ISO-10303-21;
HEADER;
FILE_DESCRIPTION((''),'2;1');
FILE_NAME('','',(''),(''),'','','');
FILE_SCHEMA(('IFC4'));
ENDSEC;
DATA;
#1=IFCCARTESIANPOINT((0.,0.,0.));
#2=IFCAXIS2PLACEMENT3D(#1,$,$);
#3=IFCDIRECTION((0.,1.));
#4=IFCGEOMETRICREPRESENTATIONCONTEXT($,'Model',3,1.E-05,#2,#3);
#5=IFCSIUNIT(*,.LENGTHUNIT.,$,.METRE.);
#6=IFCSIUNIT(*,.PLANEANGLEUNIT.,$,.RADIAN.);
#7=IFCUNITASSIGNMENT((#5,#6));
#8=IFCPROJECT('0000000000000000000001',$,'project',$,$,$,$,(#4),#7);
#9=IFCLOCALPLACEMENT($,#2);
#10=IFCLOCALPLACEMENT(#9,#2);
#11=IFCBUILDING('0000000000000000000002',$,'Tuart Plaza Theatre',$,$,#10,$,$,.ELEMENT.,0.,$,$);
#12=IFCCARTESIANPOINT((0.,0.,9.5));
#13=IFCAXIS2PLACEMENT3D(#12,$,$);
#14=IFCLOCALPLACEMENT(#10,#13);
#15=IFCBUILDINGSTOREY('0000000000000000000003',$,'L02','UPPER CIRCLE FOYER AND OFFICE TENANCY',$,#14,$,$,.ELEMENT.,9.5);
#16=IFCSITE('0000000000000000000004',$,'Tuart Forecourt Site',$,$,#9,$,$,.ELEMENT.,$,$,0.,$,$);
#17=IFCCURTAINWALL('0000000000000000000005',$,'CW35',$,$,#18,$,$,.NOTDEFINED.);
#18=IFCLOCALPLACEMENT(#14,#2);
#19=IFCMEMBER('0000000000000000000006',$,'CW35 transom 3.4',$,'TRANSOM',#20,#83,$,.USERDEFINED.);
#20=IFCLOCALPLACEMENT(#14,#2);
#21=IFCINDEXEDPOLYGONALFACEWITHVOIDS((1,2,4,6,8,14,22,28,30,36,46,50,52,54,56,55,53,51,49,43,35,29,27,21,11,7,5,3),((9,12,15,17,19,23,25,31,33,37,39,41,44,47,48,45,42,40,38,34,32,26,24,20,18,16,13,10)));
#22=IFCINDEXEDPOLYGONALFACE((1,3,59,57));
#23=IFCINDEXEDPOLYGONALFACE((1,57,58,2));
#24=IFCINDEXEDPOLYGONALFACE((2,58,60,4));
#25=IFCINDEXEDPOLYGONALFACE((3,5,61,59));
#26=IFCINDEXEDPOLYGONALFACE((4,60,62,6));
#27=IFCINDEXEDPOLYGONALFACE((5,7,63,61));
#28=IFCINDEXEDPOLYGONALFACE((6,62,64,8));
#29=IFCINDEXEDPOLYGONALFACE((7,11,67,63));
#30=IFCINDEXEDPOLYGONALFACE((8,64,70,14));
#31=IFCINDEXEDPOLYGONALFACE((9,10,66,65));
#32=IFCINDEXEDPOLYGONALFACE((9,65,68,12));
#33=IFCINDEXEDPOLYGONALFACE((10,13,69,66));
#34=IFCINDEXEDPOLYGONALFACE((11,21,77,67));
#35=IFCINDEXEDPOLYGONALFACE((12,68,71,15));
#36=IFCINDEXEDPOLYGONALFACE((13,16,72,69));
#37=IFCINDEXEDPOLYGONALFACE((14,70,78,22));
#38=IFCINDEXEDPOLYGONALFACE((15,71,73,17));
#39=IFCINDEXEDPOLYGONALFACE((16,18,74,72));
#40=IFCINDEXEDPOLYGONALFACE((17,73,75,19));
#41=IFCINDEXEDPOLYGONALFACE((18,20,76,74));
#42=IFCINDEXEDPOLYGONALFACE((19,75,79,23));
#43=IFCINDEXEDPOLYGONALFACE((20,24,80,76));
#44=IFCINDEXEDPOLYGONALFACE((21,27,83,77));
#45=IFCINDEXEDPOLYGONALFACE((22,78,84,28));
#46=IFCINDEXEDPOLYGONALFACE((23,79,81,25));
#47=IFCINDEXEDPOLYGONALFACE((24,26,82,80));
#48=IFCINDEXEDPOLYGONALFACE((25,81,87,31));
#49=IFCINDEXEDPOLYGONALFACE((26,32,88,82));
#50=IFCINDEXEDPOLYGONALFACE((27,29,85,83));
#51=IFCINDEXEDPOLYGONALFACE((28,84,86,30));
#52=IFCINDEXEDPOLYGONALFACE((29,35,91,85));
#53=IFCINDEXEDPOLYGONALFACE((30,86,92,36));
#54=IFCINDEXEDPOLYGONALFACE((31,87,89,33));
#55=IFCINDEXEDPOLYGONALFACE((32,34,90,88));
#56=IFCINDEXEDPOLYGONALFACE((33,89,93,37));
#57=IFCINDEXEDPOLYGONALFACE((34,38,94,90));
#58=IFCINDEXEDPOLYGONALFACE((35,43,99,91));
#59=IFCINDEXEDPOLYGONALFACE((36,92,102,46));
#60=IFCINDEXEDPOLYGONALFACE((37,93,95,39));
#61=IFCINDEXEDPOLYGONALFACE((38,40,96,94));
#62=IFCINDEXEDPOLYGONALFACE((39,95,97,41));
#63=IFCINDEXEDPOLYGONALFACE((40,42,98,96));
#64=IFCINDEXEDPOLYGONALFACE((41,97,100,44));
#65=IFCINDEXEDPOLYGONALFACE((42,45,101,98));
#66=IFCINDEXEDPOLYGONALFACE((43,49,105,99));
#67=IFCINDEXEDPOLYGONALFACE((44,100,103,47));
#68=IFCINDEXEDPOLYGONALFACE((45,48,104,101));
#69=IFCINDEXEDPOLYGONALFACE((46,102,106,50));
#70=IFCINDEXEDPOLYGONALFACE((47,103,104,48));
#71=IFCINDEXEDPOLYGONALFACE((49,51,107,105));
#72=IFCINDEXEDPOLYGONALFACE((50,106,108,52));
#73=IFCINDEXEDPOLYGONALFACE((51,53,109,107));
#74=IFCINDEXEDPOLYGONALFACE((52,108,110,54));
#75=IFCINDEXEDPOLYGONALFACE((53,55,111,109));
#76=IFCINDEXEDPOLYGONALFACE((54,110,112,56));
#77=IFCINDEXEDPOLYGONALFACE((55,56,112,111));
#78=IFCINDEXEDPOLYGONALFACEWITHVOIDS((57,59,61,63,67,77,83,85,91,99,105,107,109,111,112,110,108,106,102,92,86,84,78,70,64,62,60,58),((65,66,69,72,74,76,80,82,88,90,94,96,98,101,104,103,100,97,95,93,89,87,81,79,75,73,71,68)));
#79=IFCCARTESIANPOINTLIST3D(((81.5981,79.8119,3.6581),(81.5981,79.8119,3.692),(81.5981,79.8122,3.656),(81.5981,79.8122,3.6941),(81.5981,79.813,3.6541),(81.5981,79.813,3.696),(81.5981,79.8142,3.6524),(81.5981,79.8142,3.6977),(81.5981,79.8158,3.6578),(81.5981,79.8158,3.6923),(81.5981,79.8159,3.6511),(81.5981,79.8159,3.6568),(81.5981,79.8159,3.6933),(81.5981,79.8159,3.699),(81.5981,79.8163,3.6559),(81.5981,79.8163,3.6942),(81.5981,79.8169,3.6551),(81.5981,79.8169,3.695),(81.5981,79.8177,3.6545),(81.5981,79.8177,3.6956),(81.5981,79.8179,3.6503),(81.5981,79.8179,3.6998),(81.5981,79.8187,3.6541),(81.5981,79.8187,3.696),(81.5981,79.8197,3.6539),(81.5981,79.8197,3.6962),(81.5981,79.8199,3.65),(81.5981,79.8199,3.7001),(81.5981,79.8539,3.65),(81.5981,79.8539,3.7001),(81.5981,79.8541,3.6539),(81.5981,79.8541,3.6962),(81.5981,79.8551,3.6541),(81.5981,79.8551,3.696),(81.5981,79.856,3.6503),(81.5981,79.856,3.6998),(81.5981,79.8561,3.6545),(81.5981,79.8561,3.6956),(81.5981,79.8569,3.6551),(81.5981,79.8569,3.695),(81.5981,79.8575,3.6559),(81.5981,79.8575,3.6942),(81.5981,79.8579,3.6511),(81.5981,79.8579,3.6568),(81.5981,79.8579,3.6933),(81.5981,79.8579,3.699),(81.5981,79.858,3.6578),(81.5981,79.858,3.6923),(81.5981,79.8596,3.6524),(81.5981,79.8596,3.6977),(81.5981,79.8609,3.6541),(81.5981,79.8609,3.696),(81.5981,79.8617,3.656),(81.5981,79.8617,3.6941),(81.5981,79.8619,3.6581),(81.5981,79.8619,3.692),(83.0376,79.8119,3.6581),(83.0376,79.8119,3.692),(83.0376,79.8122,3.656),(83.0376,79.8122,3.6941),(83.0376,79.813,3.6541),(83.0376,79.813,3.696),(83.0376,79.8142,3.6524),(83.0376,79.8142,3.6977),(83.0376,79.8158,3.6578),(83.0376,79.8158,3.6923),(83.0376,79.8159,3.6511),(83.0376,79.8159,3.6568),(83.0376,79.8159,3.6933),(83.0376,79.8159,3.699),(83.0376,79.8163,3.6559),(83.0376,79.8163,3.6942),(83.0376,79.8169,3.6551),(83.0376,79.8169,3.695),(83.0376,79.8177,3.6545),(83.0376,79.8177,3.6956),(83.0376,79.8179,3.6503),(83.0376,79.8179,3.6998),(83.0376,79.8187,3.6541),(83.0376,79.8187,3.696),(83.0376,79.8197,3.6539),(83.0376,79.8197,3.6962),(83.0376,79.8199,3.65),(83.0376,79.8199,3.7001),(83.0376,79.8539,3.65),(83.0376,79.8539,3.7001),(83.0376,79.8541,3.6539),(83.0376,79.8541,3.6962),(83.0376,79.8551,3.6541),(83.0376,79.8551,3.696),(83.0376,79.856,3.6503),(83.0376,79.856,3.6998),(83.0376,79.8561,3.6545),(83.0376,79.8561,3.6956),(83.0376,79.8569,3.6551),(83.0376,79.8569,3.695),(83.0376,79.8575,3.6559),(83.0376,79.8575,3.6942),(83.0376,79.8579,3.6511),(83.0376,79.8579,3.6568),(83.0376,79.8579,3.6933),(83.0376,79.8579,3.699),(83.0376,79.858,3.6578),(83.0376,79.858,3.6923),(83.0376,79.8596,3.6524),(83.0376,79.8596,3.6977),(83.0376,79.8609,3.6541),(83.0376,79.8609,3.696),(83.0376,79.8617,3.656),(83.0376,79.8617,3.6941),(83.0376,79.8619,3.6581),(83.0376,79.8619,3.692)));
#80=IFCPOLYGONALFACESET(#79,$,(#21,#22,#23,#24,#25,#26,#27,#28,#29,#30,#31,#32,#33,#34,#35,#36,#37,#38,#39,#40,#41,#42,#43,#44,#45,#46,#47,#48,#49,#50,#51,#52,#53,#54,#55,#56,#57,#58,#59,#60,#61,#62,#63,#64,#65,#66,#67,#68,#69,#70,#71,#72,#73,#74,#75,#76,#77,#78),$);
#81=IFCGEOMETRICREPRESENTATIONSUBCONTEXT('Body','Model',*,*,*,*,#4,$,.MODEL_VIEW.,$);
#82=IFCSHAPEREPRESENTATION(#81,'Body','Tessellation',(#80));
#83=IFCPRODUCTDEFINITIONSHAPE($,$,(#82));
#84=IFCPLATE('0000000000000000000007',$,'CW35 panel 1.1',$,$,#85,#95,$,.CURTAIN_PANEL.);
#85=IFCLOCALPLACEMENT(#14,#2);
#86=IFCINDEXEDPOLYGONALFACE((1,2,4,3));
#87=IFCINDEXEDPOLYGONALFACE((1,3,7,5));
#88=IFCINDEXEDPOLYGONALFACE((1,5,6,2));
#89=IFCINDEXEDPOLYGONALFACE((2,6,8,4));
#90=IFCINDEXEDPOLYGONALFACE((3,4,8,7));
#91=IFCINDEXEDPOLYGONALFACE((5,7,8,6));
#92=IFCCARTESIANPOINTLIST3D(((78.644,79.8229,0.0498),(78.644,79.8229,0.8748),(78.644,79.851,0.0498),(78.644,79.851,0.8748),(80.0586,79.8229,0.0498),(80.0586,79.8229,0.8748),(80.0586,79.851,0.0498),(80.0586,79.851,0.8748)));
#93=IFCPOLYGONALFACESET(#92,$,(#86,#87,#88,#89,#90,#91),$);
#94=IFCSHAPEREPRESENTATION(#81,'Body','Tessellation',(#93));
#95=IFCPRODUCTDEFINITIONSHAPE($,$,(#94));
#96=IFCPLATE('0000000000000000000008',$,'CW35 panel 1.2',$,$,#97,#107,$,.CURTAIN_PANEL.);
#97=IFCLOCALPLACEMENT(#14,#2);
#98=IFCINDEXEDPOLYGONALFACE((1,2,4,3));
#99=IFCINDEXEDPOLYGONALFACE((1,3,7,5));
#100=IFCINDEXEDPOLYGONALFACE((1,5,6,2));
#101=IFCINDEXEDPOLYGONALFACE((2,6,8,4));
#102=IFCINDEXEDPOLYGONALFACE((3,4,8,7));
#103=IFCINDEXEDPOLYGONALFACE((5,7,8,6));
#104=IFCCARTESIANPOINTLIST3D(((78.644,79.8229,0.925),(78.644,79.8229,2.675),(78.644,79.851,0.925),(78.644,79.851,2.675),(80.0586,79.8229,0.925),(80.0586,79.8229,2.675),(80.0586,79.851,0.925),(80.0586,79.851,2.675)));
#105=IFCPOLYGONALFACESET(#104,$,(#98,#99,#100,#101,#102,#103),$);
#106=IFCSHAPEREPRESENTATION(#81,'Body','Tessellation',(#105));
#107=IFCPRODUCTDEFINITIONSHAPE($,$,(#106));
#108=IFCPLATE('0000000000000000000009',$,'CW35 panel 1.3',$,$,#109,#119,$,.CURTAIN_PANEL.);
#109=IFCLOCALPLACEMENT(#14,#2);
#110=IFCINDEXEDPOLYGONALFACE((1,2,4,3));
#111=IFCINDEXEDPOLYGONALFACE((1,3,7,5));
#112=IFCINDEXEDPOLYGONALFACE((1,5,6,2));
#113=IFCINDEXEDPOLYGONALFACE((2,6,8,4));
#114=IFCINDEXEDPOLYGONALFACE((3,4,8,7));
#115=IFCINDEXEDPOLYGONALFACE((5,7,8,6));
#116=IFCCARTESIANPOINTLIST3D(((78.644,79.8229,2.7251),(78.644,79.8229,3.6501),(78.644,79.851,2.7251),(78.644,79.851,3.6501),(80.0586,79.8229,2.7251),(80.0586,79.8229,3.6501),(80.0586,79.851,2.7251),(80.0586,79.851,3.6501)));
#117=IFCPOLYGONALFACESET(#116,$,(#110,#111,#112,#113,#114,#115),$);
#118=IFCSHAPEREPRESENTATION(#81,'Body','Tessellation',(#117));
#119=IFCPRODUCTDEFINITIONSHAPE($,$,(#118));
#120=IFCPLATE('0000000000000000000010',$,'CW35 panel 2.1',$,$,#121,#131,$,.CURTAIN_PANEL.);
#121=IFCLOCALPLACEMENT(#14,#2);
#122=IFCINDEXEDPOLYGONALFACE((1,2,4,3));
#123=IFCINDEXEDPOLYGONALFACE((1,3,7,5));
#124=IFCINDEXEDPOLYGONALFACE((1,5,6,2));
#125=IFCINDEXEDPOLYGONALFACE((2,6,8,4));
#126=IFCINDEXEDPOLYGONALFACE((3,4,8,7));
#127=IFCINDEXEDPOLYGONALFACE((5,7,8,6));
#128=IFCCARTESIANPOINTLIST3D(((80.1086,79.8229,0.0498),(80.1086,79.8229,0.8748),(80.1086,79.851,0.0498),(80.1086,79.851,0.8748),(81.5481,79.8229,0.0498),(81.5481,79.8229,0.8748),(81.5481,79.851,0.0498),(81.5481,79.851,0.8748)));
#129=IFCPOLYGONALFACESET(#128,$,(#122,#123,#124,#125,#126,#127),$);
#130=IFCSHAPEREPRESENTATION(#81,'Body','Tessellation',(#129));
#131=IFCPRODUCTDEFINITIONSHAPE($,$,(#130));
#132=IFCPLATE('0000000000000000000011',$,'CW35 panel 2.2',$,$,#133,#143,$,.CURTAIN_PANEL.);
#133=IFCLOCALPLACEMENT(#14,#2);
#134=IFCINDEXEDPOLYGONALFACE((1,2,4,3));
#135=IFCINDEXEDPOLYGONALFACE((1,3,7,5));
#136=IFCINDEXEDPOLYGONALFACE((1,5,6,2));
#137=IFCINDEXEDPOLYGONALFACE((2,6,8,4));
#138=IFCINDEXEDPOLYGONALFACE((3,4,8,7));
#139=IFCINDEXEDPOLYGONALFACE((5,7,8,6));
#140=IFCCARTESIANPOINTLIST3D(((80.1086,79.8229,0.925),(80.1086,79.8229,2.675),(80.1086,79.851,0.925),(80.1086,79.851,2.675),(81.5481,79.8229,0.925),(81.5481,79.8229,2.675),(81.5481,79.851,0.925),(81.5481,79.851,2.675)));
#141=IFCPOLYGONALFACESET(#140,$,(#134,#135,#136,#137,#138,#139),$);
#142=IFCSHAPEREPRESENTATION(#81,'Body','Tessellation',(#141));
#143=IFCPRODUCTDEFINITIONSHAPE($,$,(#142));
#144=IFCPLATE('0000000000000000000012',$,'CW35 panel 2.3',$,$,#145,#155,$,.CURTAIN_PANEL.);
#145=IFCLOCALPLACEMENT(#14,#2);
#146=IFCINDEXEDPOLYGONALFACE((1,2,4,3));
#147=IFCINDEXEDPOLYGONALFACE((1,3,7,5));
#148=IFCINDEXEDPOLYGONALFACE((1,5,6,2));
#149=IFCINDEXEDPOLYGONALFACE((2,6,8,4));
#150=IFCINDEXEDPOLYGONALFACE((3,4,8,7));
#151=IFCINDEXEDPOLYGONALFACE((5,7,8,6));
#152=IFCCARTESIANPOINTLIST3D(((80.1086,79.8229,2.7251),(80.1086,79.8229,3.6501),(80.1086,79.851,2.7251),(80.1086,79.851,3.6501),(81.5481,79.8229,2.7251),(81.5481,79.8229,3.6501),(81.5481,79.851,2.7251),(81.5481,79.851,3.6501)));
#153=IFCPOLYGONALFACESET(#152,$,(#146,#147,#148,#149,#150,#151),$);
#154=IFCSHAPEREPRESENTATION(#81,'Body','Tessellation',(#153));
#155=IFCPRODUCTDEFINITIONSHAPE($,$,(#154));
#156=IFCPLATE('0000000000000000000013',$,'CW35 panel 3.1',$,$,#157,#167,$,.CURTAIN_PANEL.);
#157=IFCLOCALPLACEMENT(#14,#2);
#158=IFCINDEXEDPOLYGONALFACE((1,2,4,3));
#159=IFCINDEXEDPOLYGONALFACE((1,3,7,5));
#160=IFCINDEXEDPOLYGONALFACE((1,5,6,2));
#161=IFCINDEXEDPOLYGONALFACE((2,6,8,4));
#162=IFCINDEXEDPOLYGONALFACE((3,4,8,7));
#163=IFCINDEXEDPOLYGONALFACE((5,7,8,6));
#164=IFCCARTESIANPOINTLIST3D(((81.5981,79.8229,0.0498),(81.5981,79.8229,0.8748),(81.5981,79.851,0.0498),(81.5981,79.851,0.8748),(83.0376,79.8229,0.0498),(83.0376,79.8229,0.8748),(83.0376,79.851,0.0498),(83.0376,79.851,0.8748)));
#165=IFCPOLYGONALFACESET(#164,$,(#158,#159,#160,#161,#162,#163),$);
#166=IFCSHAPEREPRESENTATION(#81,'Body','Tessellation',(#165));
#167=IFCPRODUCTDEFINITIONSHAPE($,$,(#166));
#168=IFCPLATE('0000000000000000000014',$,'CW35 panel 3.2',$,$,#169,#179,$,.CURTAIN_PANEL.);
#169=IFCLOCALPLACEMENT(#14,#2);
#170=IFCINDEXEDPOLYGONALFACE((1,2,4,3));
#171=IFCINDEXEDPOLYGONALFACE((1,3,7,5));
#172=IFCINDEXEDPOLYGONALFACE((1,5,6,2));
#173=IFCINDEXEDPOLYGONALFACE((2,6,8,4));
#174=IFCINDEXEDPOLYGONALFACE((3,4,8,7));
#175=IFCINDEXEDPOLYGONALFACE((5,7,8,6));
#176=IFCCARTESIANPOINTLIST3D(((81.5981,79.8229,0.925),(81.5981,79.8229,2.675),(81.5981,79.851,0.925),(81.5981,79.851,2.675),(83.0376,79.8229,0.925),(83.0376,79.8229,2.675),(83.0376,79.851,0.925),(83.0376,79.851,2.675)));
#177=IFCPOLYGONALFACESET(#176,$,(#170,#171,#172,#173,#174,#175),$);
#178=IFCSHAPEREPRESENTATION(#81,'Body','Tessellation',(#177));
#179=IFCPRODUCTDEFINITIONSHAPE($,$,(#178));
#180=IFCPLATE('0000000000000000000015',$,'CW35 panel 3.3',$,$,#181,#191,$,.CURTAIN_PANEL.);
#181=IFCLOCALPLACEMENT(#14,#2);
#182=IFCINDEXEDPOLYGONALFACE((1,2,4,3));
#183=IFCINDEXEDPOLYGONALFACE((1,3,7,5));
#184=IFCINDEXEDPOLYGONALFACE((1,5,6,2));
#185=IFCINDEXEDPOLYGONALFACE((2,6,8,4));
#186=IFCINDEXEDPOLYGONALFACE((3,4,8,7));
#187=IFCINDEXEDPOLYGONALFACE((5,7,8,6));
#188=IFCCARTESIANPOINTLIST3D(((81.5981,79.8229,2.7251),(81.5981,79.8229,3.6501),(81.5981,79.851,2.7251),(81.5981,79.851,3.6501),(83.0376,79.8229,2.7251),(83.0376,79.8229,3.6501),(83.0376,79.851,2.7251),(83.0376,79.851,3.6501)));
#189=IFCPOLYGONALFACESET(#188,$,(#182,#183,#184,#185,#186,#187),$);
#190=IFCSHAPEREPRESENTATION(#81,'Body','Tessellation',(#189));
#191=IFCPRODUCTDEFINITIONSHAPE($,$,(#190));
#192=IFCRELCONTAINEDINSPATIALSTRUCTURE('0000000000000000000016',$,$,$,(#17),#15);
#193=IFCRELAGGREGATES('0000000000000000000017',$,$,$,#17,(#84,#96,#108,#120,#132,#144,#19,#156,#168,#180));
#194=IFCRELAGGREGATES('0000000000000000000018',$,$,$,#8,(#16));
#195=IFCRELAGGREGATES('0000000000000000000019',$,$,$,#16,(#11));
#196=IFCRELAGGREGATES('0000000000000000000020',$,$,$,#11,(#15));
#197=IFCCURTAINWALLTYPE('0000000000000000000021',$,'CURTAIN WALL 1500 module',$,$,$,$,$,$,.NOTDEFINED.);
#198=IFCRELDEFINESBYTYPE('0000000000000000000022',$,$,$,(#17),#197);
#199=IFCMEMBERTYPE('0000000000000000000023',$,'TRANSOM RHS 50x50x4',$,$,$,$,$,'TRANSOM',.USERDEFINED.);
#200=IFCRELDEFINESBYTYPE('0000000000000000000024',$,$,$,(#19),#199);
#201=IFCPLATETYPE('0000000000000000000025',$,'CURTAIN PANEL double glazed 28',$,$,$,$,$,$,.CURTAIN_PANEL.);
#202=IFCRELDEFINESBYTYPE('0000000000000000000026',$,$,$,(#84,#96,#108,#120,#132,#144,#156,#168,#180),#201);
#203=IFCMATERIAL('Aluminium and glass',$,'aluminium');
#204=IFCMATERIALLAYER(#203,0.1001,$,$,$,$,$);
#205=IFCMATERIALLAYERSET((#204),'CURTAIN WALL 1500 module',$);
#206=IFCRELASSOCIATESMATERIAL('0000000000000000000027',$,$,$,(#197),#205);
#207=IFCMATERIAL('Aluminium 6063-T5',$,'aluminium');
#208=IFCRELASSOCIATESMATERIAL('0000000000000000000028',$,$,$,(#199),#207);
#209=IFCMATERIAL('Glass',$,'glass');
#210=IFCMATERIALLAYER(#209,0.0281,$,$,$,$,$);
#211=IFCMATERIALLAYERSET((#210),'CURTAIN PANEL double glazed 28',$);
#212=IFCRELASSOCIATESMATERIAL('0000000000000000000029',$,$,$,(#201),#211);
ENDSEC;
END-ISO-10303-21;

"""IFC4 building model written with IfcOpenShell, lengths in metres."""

from ifc_helpers import new_model, si_unit, direction, frame, origin, origin_2d, place, context, subcontext, project, spatial, rectangle, hollow_rectangle, extrude, material, layer, layer_set, material_profile, profile_set, type_object, element, aggregate, save


model = new_model("IFC4")

# Units and contexts
model_context = context("Model", 3, precision=1e-05, world=origin(), true_north=direction((0.0, 1.0)))
body_context = subcontext(model_context, "Body", "Model", "MODEL_VIEW")
ifc_project = project(units=[si_unit("LENGTHUNIT", "METRE"), si_unit("PLANEANGLEUNIT", "RADIAN")], contexts=[model_context])

# Site, building, storey
site_placement = place(None, origin())
site = spatial("IfcSite", under=ifc_project, at=site_placement, Name="Tuart Forecourt Site", CompositionType="ELEMENT", RefElevation=0.0)
building_placement = place(site_placement, origin())
building = spatial("IfcBuilding", under=site, at=building_placement, Name="Tuart Plaza Theatre", CompositionType="ELEMENT", ElevationOfRefHeight=0.0)
storey_placement = place(building_placement, frame((0.0, 0.0, 9.5)))
storey = spatial("IfcBuildingStorey", under=building, at=storey_placement, Name="L02", Description="UPPER CIRCLE FOYER AND OFFICE TENANCY", CompositionType="ELEMENT", Elevation=9.5)

# Curtain wall, member, plates
ifc_material_1 = material(Name="Aluminium and glass", Category="aluminium")
ifc_layer_1 = layer(ifc_material_1, 0.1001)
ifc_layer_set_1 = layer_set([ifc_layer_1], Name="CURTAIN WALL 1500 module")
curtain_wall_type = type_object("IfcCurtainWallType", Name="CURTAIN WALL 1500 module", PredefinedType="NOTDEFINED", material=ifc_layer_set_1)
curtain_wall_placement = place(storey_placement, origin())
curtain_wall = element("IfcCurtainWall", 1, at=curtain_wall_placement, inside=storey, type_object=curtain_wall_type, Name="CW35", PredefinedType="NOTDEFINED")
ifc_material_2 = material(Name="Aluminium 6063-T5", Category="aluminium")
ifc_material_profile_1 = material_profile(ifc_material_2, hollow_rectangle(XDim=0.05, YDim=0.05, WallThickness=0.0039, InnerFilletRadius=0.0039, OuterFilletRadius=0.0081, at=origin_2d()), Name="RHS 50x50x4")
ifc_profile_set_1 = profile_set([ifc_material_profile_1], Name="Aluminium 6063-T5")
member_type_1 = type_object("IfcMemberType", Name="TRANSOM RHS 50x50x4", ElementType="TRANSOM", PredefinedType="USERDEFINED", material=ifc_profile_set_1)
member_1_placement = place(storey_placement, frame((81.5981, 79.8369, 3.675), z_axis=(1.0, 0.0, 0.0), x_axis=(0.0, 1.0, 0.0)))
member_1 = element("IfcMember", 2, at=member_1_placement, type_object=member_type_1, Name="CW35 transom 3.4", ObjectType="TRANSOM", PredefinedType="USERDEFINED", context=body_context, shape_type="SweptSolid", body=[
    extrude(hollow_rectangle(XDim=0.05, YDim=0.05, WallThickness=0.0039, InnerFilletRadius=0.0039, OuterFilletRadius=0.0081, at=origin_2d()), origin(), (0.0, 0.0, 1.0), 1.4395),
])
ifc_material_3 = material(Name="Glass", Category="glass")
ifc_layer_2 = layer(ifc_material_3, 0.0281)
ifc_layer_set_2 = layer_set([ifc_layer_2], Name="CURTAIN PANEL double glazed 28")
plate_type = type_object("IfcPlateType", Name="CURTAIN PANEL double glazed 28", PredefinedType="CURTAIN_PANEL", material=ifc_layer_set_2)
plate_1_placement = place(storey_placement, frame((79.3513, 79.8369, 0.0498), z_axis=(0.0, 0.0, 1.0), x_axis=(1.0, 0.0, 0.0)))
plate_1 = element("IfcPlate", 3, at=plate_1_placement, type_object=plate_type, Name="CW35 panel 1.1", PredefinedType="CURTAIN_PANEL", context=body_context, shape_type="SweptSolid", body=[
    extrude(rectangle(XDim=1.4146, YDim=0.0281, at=origin_2d()), origin(), (0.0, 0.0, 1.0), 0.825),
])
plate_2_placement = place(storey_placement, frame((79.3513, 79.8369, 0.925), z_axis=(0.0, 0.0, 1.0), x_axis=(1.0, 0.0, 0.0)))
plate_2 = element("IfcPlate", 4, at=plate_2_placement, type_object=plate_type, Name="CW35 panel 1.2", PredefinedType="CURTAIN_PANEL", context=body_context, shape_type="SweptSolid", body=[
    extrude(rectangle(XDim=1.4146, YDim=0.0281, at=origin_2d()), origin(), (0.0, 0.0, 1.0), 1.75),
])
plate_3_placement = place(storey_placement, frame((79.3513, 79.8369, 2.7251), z_axis=(0.0, 0.0, 1.0), x_axis=(1.0, 0.0, 0.0)))
plate_3 = element("IfcPlate", 5, at=plate_3_placement, type_object=plate_type, Name="CW35 panel 1.3", PredefinedType="CURTAIN_PANEL", context=body_context, shape_type="SweptSolid", body=[
    extrude(rectangle(XDim=1.4146, YDim=0.0281, at=origin_2d()), origin(), (0.0, 0.0, 1.0), 0.925),
])
plate_4_placement = place(storey_placement, frame((80.8284, 79.8369, 0.0498), z_axis=(0.0, 0.0, 1.0), x_axis=(1.0, 0.0, 0.0)))
plate_4 = element("IfcPlate", 6, at=plate_4_placement, type_object=plate_type, Name="CW35 panel 2.1", PredefinedType="CURTAIN_PANEL", context=body_context, shape_type="SweptSolid", body=[
    extrude(rectangle(XDim=1.4395, YDim=0.0281, at=origin_2d()), origin(), (0.0, 0.0, 1.0), 0.825),
])
plate_5_placement = place(storey_placement, frame((80.8284, 79.8369, 0.925), z_axis=(0.0, 0.0, 1.0), x_axis=(1.0, 0.0, 0.0)))
plate_5 = element("IfcPlate", 7, at=plate_5_placement, type_object=plate_type, Name="CW35 panel 2.2", PredefinedType="CURTAIN_PANEL", context=body_context, shape_type="SweptSolid", body=[
    extrude(rectangle(XDim=1.4395, YDim=0.0281, at=origin_2d()), origin(), (0.0, 0.0, 1.0), 1.75),
])
plate_6_placement = place(storey_placement, frame((80.8284, 79.8369, 2.7251), z_axis=(0.0, 0.0, 1.0), x_axis=(1.0, 0.0, 0.0)))
plate_6 = element("IfcPlate", 8, at=plate_6_placement, type_object=plate_type, Name="CW35 panel 2.3", PredefinedType="CURTAIN_PANEL", context=body_context, shape_type="SweptSolid", body=[
    extrude(rectangle(XDim=1.4395, YDim=0.0281, at=origin_2d()), origin(), (0.0, 0.0, 1.0), 0.925),
])
plate_7_placement = place(storey_placement, frame((82.3179, 79.8369, 0.0498), z_axis=(0.0, 0.0, 1.0), x_axis=(1.0, 0.0, 0.0)))
plate_7 = element("IfcPlate", 9, at=plate_7_placement, type_object=plate_type, Name="CW35 panel 3.1", PredefinedType="CURTAIN_PANEL", context=body_context, shape_type="SweptSolid", body=[
    extrude(rectangle(XDim=1.4395, YDim=0.0281, at=origin_2d()), origin(), (0.0, 0.0, 1.0), 0.825),
])
plate_8_placement = place(storey_placement, frame((82.3179, 79.8369, 0.925), z_axis=(0.0, 0.0, 1.0), x_axis=(1.0, 0.0, 0.0)))
plate_8 = element("IfcPlate", 10, at=plate_8_placement, type_object=plate_type, Name="CW35 panel 3.2", PredefinedType="CURTAIN_PANEL", context=body_context, shape_type="SweptSolid", body=[
    extrude(rectangle(XDim=1.4395, YDim=0.0281, at=origin_2d()), origin(), (0.0, 0.0, 1.0), 1.75),
])
plate_9_placement = place(storey_placement, frame((82.3179, 79.8369, 2.7251), z_axis=(0.0, 0.0, 1.0), x_axis=(1.0, 0.0, 0.0)))
plate_9 = element("IfcPlate", 11, at=plate_9_placement, type_object=plate_type, Name="CW35 panel 3.3", PredefinedType="CURTAIN_PANEL", context=body_context, shape_type="SweptSolid", body=[
    extrude(rectangle(XDim=1.4395, YDim=0.0281, at=origin_2d()), origin(), (0.0, 0.0, 1.0), 0.925),
])
aggregate(curtain_wall, [plate_1, plate_2, plate_3, plate_4, plate_5, plate_6, member_1, plate_7, plate_8, plate_9])

save(model, "model.ifc")
